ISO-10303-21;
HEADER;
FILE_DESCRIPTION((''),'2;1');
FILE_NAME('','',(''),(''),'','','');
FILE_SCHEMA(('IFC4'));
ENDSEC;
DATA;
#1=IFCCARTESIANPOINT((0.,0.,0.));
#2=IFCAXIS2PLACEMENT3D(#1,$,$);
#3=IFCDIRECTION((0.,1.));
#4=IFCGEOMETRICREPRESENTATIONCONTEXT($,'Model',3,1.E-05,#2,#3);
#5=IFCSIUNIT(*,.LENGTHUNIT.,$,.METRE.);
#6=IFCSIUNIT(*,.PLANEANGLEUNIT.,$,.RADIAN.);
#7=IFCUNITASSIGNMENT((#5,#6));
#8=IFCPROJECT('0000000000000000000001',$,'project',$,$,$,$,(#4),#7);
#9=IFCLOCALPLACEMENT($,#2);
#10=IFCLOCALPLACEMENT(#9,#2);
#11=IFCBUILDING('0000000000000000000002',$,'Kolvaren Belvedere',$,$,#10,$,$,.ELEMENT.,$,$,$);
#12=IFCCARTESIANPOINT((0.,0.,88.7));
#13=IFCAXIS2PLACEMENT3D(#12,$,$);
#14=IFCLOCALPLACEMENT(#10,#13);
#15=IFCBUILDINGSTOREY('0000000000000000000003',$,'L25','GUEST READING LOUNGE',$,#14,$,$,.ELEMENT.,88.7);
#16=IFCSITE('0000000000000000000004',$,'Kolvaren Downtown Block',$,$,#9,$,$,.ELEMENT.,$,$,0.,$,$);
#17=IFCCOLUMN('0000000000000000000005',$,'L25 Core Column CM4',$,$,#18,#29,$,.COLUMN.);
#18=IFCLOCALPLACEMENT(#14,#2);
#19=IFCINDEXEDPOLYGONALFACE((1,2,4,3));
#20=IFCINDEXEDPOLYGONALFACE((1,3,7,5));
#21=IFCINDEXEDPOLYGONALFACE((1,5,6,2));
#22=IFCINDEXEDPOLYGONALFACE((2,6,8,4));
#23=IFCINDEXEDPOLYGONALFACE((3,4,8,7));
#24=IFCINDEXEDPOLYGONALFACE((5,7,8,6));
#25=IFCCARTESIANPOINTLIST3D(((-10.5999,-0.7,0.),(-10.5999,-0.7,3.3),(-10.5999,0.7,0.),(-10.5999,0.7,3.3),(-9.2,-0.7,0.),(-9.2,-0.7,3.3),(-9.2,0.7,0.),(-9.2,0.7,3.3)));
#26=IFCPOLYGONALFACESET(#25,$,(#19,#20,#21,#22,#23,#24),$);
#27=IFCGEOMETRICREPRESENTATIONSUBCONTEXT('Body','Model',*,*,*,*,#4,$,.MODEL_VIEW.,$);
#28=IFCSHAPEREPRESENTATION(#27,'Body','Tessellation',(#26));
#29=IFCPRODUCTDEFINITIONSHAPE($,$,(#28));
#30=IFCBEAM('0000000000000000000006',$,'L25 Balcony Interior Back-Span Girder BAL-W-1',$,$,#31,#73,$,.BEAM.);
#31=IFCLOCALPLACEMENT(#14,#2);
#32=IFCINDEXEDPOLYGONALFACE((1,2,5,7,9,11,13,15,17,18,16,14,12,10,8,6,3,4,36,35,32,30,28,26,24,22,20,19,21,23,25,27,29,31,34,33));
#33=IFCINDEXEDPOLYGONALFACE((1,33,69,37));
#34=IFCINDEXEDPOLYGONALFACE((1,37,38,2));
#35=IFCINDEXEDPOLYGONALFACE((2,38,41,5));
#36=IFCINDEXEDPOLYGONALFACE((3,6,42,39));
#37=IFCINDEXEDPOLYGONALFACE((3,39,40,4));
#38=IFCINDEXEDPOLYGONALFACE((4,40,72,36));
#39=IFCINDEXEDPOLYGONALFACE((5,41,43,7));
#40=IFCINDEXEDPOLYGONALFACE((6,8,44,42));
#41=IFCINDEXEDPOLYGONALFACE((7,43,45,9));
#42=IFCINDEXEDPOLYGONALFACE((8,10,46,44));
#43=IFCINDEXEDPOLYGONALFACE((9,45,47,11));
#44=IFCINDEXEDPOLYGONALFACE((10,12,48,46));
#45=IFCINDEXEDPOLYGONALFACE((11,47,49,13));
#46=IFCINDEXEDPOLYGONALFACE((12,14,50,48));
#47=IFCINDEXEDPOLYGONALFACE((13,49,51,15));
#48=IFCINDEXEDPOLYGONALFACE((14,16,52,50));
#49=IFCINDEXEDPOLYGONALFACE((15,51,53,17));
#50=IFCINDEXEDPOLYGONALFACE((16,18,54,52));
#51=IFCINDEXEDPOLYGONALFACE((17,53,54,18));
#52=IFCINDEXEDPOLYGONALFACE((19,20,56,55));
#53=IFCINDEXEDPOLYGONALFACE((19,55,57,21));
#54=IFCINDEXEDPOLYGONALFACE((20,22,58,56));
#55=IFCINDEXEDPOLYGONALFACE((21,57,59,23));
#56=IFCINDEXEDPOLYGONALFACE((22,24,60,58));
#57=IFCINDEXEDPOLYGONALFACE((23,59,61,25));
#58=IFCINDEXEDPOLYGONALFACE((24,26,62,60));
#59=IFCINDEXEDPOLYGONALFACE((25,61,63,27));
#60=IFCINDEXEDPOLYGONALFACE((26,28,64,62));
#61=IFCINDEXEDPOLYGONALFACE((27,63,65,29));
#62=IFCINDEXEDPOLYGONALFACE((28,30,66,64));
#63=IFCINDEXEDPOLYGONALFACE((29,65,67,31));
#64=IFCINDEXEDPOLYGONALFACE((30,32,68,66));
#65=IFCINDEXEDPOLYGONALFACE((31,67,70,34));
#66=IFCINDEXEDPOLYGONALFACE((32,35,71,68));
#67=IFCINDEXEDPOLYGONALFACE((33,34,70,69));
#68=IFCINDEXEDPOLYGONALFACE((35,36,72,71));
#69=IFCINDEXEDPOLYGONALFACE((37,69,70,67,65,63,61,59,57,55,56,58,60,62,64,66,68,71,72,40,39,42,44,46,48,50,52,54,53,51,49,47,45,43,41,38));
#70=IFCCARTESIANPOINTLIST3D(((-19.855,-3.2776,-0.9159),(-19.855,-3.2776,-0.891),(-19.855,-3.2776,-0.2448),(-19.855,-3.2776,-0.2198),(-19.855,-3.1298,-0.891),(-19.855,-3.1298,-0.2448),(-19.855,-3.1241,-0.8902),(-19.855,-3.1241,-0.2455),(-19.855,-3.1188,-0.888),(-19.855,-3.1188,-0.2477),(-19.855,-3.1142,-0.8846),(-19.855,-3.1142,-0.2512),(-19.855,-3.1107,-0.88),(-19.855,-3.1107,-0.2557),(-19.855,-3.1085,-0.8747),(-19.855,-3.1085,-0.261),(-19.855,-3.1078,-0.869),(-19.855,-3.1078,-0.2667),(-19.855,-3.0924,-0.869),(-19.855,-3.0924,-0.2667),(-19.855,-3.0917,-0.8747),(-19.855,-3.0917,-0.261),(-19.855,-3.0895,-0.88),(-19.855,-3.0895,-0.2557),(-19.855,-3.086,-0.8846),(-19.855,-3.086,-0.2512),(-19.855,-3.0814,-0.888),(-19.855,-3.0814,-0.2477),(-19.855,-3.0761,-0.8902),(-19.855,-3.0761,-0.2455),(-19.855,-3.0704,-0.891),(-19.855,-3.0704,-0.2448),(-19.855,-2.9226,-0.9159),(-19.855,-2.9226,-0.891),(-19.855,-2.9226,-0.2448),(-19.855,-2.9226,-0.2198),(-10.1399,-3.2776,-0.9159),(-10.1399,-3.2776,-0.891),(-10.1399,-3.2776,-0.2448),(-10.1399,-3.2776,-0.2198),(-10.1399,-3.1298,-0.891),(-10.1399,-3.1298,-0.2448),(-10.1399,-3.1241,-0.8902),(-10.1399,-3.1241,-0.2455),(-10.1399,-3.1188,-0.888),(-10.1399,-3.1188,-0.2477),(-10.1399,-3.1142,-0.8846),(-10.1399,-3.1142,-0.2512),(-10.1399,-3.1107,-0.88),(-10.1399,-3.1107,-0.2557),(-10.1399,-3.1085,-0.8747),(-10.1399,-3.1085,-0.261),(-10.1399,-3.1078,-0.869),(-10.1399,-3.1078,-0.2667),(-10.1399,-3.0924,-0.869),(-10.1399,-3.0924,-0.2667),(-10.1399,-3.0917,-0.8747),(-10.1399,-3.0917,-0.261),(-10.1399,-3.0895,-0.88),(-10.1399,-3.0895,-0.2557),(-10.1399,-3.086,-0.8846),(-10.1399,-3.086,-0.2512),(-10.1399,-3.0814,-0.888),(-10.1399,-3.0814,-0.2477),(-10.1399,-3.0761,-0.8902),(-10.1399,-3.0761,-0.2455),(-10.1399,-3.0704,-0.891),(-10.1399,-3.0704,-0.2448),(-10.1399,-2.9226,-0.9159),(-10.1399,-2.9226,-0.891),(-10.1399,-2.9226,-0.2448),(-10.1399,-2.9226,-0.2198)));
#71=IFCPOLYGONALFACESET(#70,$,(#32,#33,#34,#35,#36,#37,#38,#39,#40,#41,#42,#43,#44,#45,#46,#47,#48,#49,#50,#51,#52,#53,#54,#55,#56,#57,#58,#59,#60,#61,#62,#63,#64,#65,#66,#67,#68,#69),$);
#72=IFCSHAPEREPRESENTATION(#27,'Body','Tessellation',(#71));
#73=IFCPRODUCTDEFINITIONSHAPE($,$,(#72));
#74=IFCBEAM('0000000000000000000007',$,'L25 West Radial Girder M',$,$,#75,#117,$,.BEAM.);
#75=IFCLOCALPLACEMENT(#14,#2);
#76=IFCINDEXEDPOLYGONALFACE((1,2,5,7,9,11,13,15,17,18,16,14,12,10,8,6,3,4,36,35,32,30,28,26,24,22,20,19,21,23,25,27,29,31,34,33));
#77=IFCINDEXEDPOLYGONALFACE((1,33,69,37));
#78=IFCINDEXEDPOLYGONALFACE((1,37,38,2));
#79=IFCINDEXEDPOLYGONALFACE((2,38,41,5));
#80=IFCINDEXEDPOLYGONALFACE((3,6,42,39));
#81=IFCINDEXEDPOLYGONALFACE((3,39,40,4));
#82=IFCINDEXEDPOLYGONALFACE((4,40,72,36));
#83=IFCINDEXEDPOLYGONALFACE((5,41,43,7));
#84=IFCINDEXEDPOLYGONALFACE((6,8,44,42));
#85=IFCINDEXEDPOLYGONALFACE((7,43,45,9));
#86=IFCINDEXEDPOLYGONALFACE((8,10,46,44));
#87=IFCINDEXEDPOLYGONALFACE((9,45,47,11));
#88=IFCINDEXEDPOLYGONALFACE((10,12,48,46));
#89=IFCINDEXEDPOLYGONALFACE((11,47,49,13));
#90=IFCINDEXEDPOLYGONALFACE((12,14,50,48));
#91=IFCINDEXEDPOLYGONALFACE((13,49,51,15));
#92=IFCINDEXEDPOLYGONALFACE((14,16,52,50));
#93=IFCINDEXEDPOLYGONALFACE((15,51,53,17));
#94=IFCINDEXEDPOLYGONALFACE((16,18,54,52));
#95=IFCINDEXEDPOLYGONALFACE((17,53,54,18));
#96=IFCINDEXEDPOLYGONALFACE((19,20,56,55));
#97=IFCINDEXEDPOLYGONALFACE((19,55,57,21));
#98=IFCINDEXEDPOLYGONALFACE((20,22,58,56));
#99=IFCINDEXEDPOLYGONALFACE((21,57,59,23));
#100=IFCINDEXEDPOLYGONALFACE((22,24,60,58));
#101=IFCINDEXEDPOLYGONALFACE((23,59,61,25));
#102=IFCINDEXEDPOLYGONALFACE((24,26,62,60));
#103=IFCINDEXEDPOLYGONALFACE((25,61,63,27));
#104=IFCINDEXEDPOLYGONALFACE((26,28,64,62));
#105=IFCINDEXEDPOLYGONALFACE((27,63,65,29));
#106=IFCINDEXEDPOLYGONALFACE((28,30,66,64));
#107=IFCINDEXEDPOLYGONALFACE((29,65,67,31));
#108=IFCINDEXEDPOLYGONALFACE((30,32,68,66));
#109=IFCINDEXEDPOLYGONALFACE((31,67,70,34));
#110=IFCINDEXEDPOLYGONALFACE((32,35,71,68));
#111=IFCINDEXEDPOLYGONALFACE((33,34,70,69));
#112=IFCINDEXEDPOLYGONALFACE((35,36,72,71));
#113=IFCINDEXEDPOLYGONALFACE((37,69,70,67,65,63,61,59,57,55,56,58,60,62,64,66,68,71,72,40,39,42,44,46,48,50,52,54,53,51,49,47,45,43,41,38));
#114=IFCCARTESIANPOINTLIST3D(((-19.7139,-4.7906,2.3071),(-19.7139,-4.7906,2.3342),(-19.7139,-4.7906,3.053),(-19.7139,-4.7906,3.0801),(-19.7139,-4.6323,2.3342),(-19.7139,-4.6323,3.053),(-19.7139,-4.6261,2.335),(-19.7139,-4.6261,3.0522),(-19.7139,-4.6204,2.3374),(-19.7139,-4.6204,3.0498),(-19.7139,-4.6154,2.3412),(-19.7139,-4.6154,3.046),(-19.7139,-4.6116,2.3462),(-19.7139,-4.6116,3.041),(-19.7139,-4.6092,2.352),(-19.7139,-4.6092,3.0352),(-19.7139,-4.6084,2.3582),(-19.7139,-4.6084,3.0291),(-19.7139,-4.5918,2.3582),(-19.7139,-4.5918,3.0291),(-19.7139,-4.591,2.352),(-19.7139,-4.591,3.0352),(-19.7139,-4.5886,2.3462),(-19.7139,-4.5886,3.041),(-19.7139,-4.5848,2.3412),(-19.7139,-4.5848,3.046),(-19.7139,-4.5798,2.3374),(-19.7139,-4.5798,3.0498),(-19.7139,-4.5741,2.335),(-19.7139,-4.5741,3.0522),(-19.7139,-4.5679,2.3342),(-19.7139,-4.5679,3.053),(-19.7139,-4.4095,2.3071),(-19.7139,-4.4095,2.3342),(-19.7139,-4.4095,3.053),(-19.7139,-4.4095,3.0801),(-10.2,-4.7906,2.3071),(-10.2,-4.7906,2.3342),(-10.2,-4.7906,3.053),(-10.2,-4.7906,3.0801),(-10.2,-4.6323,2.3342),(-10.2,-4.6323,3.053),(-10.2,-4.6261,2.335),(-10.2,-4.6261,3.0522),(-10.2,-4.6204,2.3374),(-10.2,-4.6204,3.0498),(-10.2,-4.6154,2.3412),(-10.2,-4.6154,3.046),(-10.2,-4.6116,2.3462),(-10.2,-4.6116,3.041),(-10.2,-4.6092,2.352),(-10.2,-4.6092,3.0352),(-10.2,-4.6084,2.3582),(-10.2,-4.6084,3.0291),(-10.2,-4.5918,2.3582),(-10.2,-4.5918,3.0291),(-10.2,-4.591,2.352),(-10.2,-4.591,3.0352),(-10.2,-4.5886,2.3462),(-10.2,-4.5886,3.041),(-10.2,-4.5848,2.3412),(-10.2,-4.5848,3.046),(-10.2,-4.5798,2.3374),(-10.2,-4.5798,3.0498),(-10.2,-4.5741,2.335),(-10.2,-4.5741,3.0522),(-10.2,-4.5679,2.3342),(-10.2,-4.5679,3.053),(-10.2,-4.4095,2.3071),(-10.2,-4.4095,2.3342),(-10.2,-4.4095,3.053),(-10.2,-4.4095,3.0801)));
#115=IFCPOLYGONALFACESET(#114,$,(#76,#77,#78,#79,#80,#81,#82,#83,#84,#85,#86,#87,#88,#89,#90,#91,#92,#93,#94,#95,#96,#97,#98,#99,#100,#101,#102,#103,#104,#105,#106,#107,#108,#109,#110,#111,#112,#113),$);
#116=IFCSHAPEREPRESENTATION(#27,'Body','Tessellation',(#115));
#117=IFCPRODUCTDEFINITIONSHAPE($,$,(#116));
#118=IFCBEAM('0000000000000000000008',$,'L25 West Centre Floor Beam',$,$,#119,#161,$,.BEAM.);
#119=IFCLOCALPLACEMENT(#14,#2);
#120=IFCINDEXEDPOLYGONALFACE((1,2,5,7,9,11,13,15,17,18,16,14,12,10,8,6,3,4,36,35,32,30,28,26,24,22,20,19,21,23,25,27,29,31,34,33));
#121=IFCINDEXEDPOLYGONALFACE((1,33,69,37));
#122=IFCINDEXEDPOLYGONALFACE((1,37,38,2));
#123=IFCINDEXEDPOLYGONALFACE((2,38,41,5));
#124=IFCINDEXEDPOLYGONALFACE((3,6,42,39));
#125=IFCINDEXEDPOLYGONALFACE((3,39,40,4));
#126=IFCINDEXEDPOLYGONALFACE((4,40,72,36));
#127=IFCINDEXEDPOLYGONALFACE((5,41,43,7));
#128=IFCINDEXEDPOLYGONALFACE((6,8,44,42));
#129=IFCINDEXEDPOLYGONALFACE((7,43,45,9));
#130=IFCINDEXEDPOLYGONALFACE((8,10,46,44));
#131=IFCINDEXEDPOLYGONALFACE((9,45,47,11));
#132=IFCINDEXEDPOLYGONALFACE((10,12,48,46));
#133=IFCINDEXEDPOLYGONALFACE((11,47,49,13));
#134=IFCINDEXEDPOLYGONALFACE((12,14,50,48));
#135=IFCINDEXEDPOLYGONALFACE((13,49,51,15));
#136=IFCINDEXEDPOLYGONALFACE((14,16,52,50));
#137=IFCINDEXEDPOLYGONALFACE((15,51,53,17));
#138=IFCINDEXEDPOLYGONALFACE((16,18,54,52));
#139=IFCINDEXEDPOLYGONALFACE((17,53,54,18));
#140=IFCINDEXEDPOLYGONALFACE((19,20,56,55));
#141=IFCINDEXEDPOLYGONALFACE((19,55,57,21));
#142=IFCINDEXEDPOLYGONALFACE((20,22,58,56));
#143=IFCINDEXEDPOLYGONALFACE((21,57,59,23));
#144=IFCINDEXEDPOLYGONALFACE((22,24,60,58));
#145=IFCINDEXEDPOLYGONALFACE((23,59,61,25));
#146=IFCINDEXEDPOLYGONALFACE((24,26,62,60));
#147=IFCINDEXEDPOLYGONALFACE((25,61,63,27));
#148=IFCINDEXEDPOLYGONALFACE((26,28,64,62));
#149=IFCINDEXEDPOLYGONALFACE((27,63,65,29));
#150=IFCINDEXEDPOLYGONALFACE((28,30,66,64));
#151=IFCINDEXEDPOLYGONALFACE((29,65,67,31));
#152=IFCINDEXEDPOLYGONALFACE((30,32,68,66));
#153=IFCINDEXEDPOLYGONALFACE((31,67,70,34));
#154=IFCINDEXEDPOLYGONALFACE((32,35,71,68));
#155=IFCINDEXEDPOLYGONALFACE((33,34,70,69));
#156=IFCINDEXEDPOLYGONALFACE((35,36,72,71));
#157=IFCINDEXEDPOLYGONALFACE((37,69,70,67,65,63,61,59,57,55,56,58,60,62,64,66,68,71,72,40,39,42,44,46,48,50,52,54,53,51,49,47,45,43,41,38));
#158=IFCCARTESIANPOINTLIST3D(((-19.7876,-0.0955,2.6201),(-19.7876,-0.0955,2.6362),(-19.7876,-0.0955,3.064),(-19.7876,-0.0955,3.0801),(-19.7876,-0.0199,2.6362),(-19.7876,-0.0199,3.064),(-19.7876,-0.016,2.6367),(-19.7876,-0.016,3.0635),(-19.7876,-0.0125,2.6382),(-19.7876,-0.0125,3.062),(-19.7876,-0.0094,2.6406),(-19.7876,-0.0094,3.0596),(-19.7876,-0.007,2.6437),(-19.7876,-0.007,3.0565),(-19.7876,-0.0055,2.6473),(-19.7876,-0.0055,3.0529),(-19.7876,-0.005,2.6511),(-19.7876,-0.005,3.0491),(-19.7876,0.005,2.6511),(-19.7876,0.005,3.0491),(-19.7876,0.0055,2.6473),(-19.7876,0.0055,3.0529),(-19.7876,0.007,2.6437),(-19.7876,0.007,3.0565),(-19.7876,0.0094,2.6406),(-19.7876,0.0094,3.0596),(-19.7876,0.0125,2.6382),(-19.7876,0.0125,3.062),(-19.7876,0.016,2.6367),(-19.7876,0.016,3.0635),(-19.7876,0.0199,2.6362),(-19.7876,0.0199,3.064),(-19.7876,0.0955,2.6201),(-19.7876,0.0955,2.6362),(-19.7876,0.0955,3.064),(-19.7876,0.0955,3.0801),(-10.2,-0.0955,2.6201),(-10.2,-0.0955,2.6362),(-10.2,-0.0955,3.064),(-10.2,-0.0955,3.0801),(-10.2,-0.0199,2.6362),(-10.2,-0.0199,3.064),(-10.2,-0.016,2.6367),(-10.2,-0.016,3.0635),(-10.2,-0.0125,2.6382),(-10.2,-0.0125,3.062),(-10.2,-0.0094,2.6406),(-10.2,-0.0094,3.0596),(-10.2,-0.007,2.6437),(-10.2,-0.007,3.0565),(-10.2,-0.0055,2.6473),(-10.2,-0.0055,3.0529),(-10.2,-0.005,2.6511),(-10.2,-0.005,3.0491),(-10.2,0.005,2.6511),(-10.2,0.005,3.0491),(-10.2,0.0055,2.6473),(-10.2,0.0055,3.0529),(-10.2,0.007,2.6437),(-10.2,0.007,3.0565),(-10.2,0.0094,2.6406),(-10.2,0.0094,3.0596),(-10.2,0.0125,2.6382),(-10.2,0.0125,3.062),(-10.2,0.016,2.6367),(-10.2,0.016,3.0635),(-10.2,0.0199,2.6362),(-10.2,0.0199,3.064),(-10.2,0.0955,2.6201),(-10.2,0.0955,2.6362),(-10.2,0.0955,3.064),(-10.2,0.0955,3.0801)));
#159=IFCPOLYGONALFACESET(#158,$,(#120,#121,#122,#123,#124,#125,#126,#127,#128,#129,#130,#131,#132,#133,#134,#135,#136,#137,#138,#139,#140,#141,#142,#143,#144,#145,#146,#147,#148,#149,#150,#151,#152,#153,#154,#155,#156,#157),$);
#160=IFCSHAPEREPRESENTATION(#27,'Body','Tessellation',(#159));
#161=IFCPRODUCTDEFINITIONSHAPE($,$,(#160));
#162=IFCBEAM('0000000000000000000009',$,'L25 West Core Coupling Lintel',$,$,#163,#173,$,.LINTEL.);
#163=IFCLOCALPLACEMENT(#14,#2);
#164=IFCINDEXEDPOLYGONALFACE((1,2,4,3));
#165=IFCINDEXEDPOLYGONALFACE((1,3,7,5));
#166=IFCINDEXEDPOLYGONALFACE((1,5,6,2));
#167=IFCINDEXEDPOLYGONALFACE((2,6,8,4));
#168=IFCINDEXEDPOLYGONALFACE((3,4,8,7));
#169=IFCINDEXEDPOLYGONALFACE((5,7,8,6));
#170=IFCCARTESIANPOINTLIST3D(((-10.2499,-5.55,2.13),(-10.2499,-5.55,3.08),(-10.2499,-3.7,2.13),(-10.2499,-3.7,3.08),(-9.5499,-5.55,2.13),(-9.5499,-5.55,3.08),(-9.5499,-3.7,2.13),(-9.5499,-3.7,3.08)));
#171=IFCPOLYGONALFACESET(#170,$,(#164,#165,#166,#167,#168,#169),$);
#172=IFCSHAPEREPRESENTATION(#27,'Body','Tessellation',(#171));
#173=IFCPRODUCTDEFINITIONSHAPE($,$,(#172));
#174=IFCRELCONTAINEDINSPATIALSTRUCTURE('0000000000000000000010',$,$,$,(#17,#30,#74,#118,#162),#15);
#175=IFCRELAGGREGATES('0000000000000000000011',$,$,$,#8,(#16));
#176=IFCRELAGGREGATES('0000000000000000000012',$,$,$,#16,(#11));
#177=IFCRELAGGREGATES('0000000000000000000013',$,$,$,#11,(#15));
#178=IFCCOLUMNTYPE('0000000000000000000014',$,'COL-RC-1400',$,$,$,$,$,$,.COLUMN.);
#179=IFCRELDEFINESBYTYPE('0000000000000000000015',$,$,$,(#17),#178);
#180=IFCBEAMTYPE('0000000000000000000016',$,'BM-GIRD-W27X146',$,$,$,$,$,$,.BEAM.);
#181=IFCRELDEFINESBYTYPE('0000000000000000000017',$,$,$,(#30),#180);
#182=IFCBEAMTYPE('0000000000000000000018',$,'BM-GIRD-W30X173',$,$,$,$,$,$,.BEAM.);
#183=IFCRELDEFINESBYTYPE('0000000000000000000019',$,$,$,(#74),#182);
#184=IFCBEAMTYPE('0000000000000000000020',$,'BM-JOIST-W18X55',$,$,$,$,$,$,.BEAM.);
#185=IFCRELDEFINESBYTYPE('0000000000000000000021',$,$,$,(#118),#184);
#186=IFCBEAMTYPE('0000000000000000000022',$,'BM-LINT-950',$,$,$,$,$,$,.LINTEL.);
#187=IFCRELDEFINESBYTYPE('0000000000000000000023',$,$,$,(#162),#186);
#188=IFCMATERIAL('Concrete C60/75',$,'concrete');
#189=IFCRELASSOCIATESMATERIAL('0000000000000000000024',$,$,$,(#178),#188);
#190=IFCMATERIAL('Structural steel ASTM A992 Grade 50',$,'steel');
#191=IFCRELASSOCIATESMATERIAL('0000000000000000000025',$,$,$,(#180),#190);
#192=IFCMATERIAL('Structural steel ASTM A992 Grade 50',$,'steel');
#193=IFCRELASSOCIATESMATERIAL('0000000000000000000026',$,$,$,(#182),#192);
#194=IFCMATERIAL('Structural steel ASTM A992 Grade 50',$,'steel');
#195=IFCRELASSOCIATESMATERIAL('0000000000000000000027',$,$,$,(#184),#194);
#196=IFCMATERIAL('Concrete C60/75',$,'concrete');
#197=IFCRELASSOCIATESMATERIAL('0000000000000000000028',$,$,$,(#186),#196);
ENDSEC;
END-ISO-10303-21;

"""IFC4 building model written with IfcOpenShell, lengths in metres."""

from ifc_helpers import new_model, si_unit, direction, frame, origin, origin_2d, place, context, subcontext, project, spatial, rectangle, i_section, extrude, material, material_profile, profile_set, type_object, element, save


model = new_model("IFC4")

# Units and contexts
model_context = context("Model", 3, precision=1e-05, world=origin(), true_north=direction((0.0, 1.0)))
body_context = subcontext(model_context, "Body", "Model", "MODEL_VIEW")
ifc_project = project(units=[si_unit("LENGTHUNIT", "METRE"), si_unit("PLANEANGLEUNIT", "RADIAN")], contexts=[model_context])

# Site, building, storey
site_placement = place(None, origin())
site = spatial("IfcSite", under=ifc_project, at=site_placement, Name="Kolvaren Downtown Block", CompositionType="ELEMENT", RefElevation=0.0)
building_placement = place(site_placement, origin())
building = spatial("IfcBuilding", under=site, at=building_placement, Name="Kolvaren Belvedere", CompositionType="ELEMENT")
storey_placement = place(building_placement, frame((0.0, 0.0, 88.7)))
storey = spatial("IfcBuildingStorey", under=building, at=storey_placement, Name="L25", Description="GUEST READING LOUNGE", CompositionType="ELEMENT", Elevation=88.7)

# Column
ifc_material_1 = material(Name="Concrete C60/75", Category="concrete")
ifc_material_profile_1 = material_profile(ifc_material_1, rectangle(XDim=1.3999, YDim=1.3999, at=origin_2d()), Name="RC 1400X1400")
ifc_profile_set_1 = profile_set([ifc_material_profile_1], Name="Concrete C60/75")
column_type = type_object("IfcColumnType", Name="COL-RC-1400", PredefinedType="COLUMN", material=ifc_profile_set_1)
column_placement = place(storey_placement, frame((-9.8999, 0.0, 0.0), z_axis=(0.0, 0.0, 1.0), x_axis=(1.0, 0.0, 0.0)))
element("IfcColumn", 1, at=column_placement, inside=storey, type_object=column_type, Name="L25 Core Column CM4", PredefinedType="COLUMN", context=body_context, shape_type="SweptSolid", body=[
    extrude(rectangle(XDim=1.3999, YDim=1.3999, at=origin_2d()), origin(), (0.0, 0.0, 1.0), 3.3),
])

# Beams
ifc_material_2 = material(Name="Structural steel ASTM A992 Grade 50", Category="steel")
ifc_material_profile_2 = material_profile(ifc_material_2, i_section(OverallWidth=0.355, OverallDepth=0.696, WebThickness=0.0154, FlangeThickness=0.0249, FilletRadius=0.022, at=origin_2d()), Name="W27X146")
ifc_profile_set_2 = profile_set([ifc_material_profile_2], Name="Structural steel ASTM A992 Grade 50")
beam_type_1 = type_object("IfcBeamType", Name="BM-GIRD-W27X146", PredefinedType="BEAM", material=ifc_profile_set_2)
beam_1_placement = place(storey_placement, frame((-10.1399, -3.1001, -0.5679), z_axis=(-1.0, 0.0, 0.0), x_axis=(0.0, -1.0, 0.0)))
element("IfcBeam", 2, at=beam_1_placement, inside=storey, type_object=beam_type_1, Name="L25 Balcony Interior Back-Span Girder BAL-W-1", PredefinedType="BEAM", context=body_context, shape_type="SweptSolid", body=[
    extrude(i_section(OverallWidth=0.355, OverallDepth=0.696, WebThickness=0.0154, FlangeThickness=0.0249, FilletRadius=0.022, at=origin_2d()), origin(), (0.0, 0.0, 1.0), 9.7151),
])
ifc_material_3 = material(Name="Structural steel ASTM A992 Grade 50", Category="steel")
ifc_material_profile_3 = material_profile(ifc_material_3, i_section(OverallWidth=0.3811, OverallDepth=0.7729, WebThickness=0.0166, FlangeThickness=0.0271, FilletRadius=0.0239, at=origin_2d()), Name="W30X173")
ifc_profile_set_3 = profile_set([ifc_material_profile_3], Name="Structural steel ASTM A992 Grade 50")
beam_type_2 = type_object("IfcBeamType", Name="BM-GIRD-W30X173", PredefinedType="BEAM", material=ifc_profile_set_3)
beam_2_placement = place(storey_placement, frame((-10.2, -4.6001, 2.6936), z_axis=(-1.0, 0.0, 0.0), x_axis=(0.0, -1.0, 0.0)))
element("IfcBeam", 3, at=beam_2_placement, inside=storey, type_object=beam_type_2, Name="L25 West Radial Girder M", PredefinedType="BEAM", context=body_context, shape_type="SweptSolid", body=[
    extrude(i_section(OverallWidth=0.3811, OverallDepth=0.7729, WebThickness=0.0166, FlangeThickness=0.0271, FilletRadius=0.0239, at=origin_2d()), origin(), (0.0, 0.0, 1.0), 9.5139),
])
ifc_material_4 = material(Name="Structural steel ASTM A992 Grade 50", Category="steel")
ifc_material_profile_4 = material_profile(ifc_material_4, i_section(OverallWidth=0.1909, OverallDepth=0.46, WebThickness=0.01, FlangeThickness=0.0161, FilletRadius=0.0149, at=origin_2d()), Name="W18X55")
ifc_profile_set_4 = profile_set([ifc_material_profile_4], Name="Structural steel ASTM A992 Grade 50")
beam_type_3 = type_object("IfcBeamType", Name="BM-JOIST-W18X55", PredefinedType="BEAM", material=ifc_profile_set_4)
beam_3_placement = place(storey_placement, frame((-10.2, 0.0, 2.8501), z_axis=(-1.0, 0.0, 0.0), x_axis=(0.0, -1.0, 0.0)))
element("IfcBeam", 4, at=beam_3_placement, inside=storey, type_object=beam_type_3, Name="L25 West Centre Floor Beam", PredefinedType="BEAM", context=body_context, shape_type="SweptSolid", body=[
    extrude(i_section(OverallWidth=0.1909, OverallDepth=0.46, WebThickness=0.01, FlangeThickness=0.0161, FilletRadius=0.0149, at=origin_2d()), origin(), (0.0, 0.0, 1.0), 9.5876),
])
ifc_material_5 = material(Name="Concrete C60/75", Category="concrete")
ifc_material_profile_5 = material_profile(ifc_material_5, rectangle(XDim=0.7, YDim=0.95, at=origin_2d()), Name="RC 700X950")
ifc_profile_set_5 = profile_set([ifc_material_profile_5], Name="Concrete C60/75")
beam_type_4 = type_object("IfcBeamType", Name="BM-LINT-950", PredefinedType="LINTEL", material=ifc_profile_set_5)
beam_4_placement = place(storey_placement, frame((-9.8999, -5.55, 2.605), z_axis=(0.0, 1.0, 0.0), x_axis=(-1.0, 0.0, 0.0)))
element("IfcBeam", 5, at=beam_4_placement, inside=storey, type_object=beam_type_4, Name="L25 West Core Coupling Lintel", PredefinedType="LINTEL", context=body_context, shape_type="SweptSolid", body=[
    extrude(rectangle(XDim=0.7, YDim=0.95, at=origin_2d()), origin(), (0.0, 0.0, 1.0), 1.8501),
])

save(model, "model.ifc")
